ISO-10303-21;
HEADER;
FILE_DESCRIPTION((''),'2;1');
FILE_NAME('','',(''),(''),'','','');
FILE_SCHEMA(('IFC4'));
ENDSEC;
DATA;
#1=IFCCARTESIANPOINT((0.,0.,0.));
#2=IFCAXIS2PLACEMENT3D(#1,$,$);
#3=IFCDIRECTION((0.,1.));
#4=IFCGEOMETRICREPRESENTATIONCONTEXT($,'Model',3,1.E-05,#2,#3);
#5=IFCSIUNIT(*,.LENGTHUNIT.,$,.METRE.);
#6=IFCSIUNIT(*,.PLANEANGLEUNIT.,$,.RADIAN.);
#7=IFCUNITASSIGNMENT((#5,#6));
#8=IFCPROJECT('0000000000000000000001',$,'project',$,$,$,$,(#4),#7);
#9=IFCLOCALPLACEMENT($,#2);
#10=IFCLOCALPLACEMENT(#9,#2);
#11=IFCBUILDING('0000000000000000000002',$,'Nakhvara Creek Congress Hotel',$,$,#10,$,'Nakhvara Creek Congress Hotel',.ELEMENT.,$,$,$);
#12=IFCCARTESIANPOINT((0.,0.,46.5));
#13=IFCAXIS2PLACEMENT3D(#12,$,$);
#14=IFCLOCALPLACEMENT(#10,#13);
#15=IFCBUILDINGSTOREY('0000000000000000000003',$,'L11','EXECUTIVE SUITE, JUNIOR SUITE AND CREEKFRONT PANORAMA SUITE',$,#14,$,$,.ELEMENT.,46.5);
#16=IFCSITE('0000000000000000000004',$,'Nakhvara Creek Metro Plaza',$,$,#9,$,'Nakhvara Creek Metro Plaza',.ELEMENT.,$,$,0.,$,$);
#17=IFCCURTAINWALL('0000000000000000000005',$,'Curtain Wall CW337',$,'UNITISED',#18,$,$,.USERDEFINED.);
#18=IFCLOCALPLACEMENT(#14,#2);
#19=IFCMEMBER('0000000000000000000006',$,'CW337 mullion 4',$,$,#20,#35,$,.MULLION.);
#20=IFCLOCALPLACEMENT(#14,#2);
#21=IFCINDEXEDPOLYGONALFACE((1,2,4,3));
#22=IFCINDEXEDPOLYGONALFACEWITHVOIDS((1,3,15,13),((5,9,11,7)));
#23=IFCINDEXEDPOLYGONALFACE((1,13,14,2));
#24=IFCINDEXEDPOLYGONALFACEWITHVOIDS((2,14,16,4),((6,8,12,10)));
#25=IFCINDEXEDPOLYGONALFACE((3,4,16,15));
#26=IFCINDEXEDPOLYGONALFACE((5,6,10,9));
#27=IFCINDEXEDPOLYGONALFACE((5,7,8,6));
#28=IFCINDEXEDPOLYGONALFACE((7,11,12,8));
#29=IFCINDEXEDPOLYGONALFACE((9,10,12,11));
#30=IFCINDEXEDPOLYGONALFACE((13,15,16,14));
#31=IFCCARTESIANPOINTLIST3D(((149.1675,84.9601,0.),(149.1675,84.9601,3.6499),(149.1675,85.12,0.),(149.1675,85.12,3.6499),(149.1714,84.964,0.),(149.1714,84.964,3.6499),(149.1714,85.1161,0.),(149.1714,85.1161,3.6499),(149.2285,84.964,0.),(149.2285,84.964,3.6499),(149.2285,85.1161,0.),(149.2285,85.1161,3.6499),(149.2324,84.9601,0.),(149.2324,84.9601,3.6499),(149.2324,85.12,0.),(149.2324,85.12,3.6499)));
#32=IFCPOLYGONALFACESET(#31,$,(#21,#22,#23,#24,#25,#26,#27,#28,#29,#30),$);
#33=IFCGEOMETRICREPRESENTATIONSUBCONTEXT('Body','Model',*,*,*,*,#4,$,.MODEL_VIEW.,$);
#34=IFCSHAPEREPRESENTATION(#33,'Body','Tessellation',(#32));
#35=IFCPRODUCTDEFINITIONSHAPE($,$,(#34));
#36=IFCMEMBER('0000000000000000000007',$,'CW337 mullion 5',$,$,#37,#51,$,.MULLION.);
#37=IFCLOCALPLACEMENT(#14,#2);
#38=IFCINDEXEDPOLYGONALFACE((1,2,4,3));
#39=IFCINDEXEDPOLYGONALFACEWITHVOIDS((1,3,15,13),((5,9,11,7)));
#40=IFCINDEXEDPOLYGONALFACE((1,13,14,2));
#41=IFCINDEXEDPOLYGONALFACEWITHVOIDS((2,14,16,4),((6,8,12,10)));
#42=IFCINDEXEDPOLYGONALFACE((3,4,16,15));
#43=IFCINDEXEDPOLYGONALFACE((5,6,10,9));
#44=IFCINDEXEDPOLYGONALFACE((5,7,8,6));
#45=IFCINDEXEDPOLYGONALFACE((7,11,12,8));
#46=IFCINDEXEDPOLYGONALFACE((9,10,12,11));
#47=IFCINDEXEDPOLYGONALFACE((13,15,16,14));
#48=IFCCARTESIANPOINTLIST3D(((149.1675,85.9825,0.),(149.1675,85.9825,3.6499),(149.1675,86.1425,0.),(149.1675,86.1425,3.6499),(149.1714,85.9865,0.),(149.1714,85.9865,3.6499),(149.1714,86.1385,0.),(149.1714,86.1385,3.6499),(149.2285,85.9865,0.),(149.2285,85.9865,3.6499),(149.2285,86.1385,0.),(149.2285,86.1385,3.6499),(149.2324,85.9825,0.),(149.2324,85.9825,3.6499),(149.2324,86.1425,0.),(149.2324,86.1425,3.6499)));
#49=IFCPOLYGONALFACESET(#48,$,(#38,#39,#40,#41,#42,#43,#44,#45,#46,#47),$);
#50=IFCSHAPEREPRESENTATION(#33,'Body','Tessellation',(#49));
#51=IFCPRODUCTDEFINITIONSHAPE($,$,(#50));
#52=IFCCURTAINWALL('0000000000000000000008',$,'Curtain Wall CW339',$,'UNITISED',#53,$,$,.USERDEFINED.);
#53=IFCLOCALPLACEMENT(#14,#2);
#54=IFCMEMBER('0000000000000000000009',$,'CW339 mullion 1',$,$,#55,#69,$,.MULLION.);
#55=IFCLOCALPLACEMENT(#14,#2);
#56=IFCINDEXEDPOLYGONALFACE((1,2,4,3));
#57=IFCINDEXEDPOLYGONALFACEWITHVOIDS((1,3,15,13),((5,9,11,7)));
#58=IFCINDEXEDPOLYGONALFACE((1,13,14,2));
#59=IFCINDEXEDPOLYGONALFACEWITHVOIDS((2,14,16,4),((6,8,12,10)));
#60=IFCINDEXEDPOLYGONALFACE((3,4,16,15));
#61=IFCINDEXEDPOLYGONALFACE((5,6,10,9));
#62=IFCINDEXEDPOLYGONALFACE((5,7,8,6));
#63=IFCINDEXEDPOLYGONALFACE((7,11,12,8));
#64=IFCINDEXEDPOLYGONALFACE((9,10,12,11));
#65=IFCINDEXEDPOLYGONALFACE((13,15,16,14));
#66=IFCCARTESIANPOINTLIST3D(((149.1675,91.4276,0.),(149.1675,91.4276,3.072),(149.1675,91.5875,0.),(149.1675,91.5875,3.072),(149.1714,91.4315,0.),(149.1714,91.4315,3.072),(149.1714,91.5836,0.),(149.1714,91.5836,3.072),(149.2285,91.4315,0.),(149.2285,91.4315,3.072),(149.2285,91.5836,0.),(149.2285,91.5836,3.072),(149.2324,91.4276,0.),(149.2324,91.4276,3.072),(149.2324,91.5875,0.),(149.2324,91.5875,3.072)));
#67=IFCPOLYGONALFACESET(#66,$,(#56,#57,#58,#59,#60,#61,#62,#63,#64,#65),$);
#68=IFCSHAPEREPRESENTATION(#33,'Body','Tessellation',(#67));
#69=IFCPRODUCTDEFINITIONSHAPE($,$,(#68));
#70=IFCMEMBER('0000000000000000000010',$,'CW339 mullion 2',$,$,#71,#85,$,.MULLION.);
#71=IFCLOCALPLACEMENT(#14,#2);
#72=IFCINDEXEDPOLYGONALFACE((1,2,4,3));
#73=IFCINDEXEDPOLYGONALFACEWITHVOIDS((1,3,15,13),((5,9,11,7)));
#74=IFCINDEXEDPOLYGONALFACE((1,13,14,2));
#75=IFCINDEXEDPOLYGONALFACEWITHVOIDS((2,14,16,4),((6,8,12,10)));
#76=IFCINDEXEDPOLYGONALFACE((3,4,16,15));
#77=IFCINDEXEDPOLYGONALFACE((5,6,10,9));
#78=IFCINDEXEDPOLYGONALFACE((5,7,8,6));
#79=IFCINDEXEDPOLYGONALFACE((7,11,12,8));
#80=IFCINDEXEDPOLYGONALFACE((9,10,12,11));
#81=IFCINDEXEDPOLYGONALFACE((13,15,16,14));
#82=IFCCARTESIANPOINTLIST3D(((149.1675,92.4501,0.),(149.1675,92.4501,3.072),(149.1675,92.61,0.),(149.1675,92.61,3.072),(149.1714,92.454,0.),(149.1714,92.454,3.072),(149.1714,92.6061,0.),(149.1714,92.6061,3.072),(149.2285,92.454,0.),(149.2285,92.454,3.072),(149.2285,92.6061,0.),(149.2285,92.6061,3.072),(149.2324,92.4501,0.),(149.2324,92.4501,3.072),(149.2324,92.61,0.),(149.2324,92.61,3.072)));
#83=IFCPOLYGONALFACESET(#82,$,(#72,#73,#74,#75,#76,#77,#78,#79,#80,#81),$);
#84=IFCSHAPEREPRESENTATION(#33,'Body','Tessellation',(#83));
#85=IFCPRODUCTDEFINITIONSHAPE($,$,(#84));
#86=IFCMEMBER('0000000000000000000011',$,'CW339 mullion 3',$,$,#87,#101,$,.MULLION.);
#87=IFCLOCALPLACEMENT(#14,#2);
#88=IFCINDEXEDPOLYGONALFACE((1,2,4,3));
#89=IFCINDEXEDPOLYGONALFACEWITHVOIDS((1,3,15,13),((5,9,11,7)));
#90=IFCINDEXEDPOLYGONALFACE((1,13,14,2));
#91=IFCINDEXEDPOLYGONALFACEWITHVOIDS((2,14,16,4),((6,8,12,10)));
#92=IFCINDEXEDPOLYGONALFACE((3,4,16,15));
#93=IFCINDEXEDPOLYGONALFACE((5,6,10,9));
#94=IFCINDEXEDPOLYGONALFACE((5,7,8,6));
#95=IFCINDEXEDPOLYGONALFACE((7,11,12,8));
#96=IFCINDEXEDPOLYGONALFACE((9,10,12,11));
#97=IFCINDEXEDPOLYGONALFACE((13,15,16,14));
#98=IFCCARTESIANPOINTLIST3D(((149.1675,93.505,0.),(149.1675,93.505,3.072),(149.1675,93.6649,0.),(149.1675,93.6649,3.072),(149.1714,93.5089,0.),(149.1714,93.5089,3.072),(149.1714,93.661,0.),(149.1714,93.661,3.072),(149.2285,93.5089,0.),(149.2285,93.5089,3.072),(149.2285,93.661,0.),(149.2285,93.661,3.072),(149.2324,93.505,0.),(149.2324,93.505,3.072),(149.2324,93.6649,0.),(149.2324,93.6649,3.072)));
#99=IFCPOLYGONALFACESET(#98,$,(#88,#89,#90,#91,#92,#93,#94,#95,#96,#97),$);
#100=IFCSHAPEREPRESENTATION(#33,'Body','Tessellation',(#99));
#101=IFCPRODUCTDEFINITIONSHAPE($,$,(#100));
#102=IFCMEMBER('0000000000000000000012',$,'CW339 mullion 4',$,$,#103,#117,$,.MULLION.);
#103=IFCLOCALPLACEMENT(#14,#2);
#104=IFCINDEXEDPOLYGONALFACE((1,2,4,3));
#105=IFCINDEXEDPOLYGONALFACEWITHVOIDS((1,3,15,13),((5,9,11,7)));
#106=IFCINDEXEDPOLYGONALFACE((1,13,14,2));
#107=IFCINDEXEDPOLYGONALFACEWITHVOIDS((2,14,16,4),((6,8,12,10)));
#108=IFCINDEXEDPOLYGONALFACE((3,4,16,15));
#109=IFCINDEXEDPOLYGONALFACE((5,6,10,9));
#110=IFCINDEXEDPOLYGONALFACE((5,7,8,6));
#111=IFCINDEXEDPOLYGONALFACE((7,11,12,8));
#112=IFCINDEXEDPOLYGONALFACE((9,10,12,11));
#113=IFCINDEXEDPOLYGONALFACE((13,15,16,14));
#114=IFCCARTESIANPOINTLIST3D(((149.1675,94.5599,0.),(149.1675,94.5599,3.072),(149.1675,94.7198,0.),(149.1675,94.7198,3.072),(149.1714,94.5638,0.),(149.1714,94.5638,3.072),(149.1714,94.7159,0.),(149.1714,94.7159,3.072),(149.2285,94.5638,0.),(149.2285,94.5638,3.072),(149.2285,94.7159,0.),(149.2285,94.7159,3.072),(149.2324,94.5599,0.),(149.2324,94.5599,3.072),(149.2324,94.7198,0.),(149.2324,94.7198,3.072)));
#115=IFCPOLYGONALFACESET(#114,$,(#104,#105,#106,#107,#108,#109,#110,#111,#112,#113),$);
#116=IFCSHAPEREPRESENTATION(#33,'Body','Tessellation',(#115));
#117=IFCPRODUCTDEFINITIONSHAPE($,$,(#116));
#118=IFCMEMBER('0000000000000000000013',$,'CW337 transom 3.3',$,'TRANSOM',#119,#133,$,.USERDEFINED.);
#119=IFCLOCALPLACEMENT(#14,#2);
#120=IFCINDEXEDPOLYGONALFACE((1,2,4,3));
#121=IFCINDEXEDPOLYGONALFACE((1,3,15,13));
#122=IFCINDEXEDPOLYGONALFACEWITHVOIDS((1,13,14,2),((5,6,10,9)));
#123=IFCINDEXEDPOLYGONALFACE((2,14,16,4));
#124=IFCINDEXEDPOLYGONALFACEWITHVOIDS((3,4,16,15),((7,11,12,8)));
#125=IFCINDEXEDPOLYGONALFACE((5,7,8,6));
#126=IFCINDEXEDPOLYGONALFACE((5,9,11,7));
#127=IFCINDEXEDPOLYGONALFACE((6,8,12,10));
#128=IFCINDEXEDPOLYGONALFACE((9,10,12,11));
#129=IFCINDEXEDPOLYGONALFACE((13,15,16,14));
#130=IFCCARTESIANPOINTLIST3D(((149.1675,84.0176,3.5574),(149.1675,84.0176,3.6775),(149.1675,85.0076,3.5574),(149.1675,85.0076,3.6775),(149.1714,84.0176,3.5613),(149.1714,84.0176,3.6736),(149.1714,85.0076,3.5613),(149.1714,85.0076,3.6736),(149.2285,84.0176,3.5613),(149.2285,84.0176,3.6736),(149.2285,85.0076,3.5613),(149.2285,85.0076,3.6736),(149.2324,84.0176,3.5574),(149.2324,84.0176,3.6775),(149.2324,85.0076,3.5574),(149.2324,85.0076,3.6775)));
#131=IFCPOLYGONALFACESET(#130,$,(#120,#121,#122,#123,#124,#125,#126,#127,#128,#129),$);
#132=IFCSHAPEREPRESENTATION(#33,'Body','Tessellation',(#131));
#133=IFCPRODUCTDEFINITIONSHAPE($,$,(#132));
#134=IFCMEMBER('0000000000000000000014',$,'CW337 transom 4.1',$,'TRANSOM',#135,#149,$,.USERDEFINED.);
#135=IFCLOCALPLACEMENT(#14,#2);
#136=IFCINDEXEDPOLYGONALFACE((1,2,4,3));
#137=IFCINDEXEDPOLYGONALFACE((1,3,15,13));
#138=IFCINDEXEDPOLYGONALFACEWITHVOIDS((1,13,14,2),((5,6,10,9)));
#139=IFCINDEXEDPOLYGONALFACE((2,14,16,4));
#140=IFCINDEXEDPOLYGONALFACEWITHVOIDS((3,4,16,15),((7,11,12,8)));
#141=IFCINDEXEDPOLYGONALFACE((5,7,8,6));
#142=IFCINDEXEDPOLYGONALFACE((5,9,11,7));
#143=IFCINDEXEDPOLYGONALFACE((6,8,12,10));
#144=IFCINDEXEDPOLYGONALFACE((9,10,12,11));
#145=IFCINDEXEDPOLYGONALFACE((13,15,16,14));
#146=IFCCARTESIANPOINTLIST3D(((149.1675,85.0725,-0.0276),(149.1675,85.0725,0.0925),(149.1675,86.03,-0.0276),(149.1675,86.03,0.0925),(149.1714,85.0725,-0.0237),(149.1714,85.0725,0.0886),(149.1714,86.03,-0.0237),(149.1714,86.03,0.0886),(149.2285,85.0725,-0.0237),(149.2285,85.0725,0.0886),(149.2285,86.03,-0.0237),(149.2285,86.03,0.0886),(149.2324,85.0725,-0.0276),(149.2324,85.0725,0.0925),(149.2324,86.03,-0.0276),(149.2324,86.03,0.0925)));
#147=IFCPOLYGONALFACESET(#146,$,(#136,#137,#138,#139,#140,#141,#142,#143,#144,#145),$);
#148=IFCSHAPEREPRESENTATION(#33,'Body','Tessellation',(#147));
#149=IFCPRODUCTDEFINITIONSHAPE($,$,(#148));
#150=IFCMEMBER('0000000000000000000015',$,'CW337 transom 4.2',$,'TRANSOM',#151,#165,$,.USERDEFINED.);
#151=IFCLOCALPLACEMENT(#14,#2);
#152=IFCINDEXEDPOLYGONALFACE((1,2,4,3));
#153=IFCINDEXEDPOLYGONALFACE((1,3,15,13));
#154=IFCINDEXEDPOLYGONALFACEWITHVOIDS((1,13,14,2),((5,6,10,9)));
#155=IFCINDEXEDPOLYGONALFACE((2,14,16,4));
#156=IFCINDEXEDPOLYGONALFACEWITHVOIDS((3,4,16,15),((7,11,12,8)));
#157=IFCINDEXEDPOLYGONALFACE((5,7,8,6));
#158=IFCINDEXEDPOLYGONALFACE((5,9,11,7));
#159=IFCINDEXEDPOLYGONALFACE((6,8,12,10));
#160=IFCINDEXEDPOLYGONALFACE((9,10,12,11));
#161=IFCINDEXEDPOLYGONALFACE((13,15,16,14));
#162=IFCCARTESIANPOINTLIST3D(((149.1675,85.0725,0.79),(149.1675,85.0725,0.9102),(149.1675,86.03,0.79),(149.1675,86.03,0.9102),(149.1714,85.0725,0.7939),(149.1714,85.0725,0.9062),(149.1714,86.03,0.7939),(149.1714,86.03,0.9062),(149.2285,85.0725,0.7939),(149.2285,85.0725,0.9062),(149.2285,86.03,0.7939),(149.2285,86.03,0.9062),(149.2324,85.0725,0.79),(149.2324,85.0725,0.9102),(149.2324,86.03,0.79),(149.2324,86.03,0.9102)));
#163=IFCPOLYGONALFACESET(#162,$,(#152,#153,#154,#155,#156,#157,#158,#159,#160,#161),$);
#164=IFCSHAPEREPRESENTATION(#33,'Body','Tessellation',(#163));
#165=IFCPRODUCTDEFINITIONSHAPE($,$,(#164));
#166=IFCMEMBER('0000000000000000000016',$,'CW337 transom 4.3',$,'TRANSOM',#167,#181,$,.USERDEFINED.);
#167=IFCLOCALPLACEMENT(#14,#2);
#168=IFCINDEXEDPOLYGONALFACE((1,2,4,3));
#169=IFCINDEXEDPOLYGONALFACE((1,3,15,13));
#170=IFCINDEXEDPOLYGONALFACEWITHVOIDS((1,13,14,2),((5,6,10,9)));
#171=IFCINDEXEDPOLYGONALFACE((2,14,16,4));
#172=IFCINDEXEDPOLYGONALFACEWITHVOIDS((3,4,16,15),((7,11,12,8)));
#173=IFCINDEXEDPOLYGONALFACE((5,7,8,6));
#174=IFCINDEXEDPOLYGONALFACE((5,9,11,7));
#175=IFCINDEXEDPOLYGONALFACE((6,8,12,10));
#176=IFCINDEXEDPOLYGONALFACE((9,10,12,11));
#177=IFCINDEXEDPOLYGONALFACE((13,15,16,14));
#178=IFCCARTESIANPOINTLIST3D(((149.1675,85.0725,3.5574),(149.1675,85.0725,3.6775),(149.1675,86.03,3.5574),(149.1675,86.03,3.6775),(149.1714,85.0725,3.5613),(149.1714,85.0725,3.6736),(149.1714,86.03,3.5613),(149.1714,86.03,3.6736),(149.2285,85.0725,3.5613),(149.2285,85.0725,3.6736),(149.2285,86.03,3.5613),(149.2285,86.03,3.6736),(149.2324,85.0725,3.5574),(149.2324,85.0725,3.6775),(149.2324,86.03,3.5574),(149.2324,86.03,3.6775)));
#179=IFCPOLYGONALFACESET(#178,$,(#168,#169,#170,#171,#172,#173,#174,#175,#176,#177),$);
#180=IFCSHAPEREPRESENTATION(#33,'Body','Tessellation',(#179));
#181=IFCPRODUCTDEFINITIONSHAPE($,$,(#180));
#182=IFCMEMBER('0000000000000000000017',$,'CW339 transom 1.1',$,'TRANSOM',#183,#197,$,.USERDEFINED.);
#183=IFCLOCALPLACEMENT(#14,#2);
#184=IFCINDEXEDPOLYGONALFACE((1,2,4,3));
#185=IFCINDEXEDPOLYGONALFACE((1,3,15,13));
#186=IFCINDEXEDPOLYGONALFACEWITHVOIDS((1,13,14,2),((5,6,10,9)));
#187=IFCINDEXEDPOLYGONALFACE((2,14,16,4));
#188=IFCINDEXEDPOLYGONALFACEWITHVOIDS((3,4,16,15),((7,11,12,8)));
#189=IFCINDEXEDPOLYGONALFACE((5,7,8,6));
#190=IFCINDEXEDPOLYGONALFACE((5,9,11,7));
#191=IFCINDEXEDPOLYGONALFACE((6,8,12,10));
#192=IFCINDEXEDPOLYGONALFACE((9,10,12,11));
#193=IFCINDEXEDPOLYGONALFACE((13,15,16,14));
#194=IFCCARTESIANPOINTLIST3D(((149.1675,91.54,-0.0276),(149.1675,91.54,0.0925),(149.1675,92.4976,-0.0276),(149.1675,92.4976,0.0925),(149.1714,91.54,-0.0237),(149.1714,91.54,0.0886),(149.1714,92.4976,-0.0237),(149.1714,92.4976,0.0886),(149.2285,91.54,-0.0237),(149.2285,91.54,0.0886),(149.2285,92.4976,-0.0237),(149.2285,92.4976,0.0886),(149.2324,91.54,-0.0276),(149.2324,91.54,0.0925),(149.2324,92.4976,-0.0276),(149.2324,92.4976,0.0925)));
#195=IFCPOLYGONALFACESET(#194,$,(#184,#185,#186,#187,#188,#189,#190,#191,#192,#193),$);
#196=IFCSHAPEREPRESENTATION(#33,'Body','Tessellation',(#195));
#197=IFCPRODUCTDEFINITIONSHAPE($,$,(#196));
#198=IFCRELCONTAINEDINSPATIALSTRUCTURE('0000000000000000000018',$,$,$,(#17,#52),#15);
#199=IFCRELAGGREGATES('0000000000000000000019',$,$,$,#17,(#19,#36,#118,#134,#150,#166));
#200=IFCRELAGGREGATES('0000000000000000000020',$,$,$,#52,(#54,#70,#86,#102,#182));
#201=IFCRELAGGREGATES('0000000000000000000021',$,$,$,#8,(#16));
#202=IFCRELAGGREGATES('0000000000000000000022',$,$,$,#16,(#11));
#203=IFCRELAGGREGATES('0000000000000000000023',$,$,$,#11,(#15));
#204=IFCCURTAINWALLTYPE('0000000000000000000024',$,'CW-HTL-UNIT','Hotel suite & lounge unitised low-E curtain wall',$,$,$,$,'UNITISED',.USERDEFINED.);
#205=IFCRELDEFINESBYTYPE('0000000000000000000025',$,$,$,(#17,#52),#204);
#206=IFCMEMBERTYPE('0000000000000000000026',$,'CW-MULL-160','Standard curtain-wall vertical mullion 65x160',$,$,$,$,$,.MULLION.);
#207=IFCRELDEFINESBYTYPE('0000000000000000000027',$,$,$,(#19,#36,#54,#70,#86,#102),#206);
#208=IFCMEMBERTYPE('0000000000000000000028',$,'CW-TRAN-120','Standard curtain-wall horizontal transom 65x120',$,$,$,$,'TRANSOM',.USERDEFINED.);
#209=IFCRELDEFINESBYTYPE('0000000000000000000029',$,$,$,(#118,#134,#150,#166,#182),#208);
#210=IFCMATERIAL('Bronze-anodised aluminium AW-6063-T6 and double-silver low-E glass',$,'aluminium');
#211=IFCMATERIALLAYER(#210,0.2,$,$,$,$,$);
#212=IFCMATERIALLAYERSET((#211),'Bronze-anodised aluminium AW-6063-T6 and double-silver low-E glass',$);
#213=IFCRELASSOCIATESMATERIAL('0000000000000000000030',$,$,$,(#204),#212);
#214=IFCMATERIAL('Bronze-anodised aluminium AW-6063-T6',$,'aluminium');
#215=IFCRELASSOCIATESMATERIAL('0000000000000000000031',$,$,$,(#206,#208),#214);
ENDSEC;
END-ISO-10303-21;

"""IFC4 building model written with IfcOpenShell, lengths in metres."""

from ifc_helpers import new_model, si_unit, direction, frame, origin, origin_2d, place, context, subcontext, project, spatial, hollow_rectangle, extrude, material, layer, layer_set, material_profile, profile_set, type_object, element, aggregate, save


model = new_model("IFC4")

# Units and contexts
model_context = context("Model", 3, precision=1e-05, world=origin(), true_north=direction((0.0, 1.0)))
body_context = subcontext(model_context, "Body", "Model", "MODEL_VIEW")
ifc_project = project(units=[si_unit("LENGTHUNIT", "METRE"), si_unit("PLANEANGLEUNIT", "RADIAN")], contexts=[model_context])

# Site, building, storey
site_placement = place(None, origin())
site = spatial("IfcSite", under=ifc_project, at=site_placement, Name="Nakhvara Creek Metro Plaza", LongName="Nakhvara Creek Metro Plaza", CompositionType="ELEMENT", RefElevation=0.0)
building_placement = place(site_placement, origin())
building = spatial("IfcBuilding", under=site, at=building_placement, Name="Nakhvara Creek Congress Hotel", LongName="Nakhvara Creek Congress Hotel", CompositionType="ELEMENT")
storey_placement = place(building_placement, frame((0.0, 0.0, 46.5)))
storey = spatial("IfcBuildingStorey", under=building, at=storey_placement, Name="L11", Description="EXECUTIVE SUITE, JUNIOR SUITE AND CREEKFRONT PANORAMA SUITE", CompositionType="ELEMENT", Elevation=46.5)

# Curtain walls, members
ifc_material_1 = material(Name="Bronze-anodised aluminium AW-6063-T6 and double-silver low-E glass", Category="aluminium")
ifc_layer = layer(ifc_material_1, 0.2)
ifc_layer_set = layer_set([ifc_layer], Name="Bronze-anodised aluminium AW-6063-T6 and double-silver low-E glass")
curtain_wall_type = type_object("IfcCurtainWallType", Name="CW-HTL-UNIT", Description="Hotel suite & lounge unitised low-E curtain wall", ElementType="UNITISED", PredefinedType="USERDEFINED", material=ifc_layer_set)
curtain_wall_1_placement = place(storey_placement, origin())
curtain_wall_1 = element("IfcCurtainWall", 1, at=curtain_wall_1_placement, inside=storey, type_object=curtain_wall_type, Name="Curtain Wall CW337", ObjectType="UNITISED", PredefinedType="USERDEFINED")
ifc_material_2 = material(Name="Bronze-anodised aluminium AW-6063-T6", Category="aluminium")
ifc_material_profile_1 = material_profile(ifc_material_2, hollow_rectangle(XDim=0.0649, YDim=0.1599, WallThickness=0.0039, at=origin_2d()), Name="ALU-MULL 65x160x4", Category="LoadBearing")
ifc_profile_set_1 = profile_set([ifc_material_profile_1], Name="Bronze-anodised aluminium AW-6063-T6")
member_type_1 = type_object("IfcMemberType", Name="CW-MULL-160", Description="Standard curtain-wall vertical mullion 65x160", PredefinedType="MULLION", material=ifc_profile_set_1)
member_1_placement = place(storey_placement, frame((149.2, 85.04, 0.0), z_axis=(0.0, 0.0, 1.0), x_axis=(-1.0, 0.0, 0.0)))
member_1 = element("IfcMember", 2, at=member_1_placement, type_object=member_type_1, Name="CW337 mullion 4", PredefinedType="MULLION", context=body_context, shape_type="SweptSolid", body=[
    extrude(hollow_rectangle(XDim=0.0649, YDim=0.1599, WallThickness=0.0039, at=origin_2d()), origin(), (0.0, 0.0, 1.0), 3.6499),
])
member_2_placement = place(storey_placement, frame((149.2, 86.0625, 0.0), z_axis=(0.0, 0.0, 1.0), x_axis=(-1.0, 0.0, 0.0)))
member_2 = element("IfcMember", 3, at=member_2_placement, type_object=member_type_1, Name="CW337 mullion 5", PredefinedType="MULLION", context=body_context, shape_type="SweptSolid", body=[
    extrude(hollow_rectangle(XDim=0.0649, YDim=0.1599, WallThickness=0.0039, at=origin_2d()), origin(), (0.0, 0.0, 1.0), 3.6499),
])
curtain_wall_2_placement = place(storey_placement, origin())
curtain_wall_2 = element("IfcCurtainWall", 4, at=curtain_wall_2_placement, inside=storey, type_object=curtain_wall_type, Name="Curtain Wall CW339", ObjectType="UNITISED", PredefinedType="USERDEFINED")
member_3_placement = place(storey_placement, frame((149.2, 91.5076, 0.0), z_axis=(0.0, 0.0, 1.0), x_axis=(-1.0, 0.0, 0.0)))
member_3 = element("IfcMember", 5, at=member_3_placement, type_object=member_type_1, Name="CW339 mullion 1", PredefinedType="MULLION", context=body_context, shape_type="SweptSolid", body=[
    extrude(hollow_rectangle(XDim=0.0649, YDim=0.1599, WallThickness=0.0039, at=origin_2d()), origin(), (0.0, 0.0, 1.0), 3.072),
])
member_4_placement = place(storey_placement, frame((149.2, 92.53, 0.0), z_axis=(0.0, 0.0, 1.0), x_axis=(-1.0, 0.0, 0.0)))
member_4 = element("IfcMember", 6, at=member_4_placement, type_object=member_type_1, Name="CW339 mullion 2", PredefinedType="MULLION", context=body_context, shape_type="SweptSolid", body=[
    extrude(hollow_rectangle(XDim=0.0649, YDim=0.1599, WallThickness=0.0039, at=origin_2d()), origin(), (0.0, 0.0, 1.0), 3.072),
])
member_5_placement = place(storey_placement, frame((149.2, 93.585, 0.0), z_axis=(0.0, 0.0, 1.0), x_axis=(-1.0, 0.0, 0.0)))
member_5 = element("IfcMember", 7, at=member_5_placement, type_object=member_type_1, Name="CW339 mullion 3", PredefinedType="MULLION", context=body_context, shape_type="SweptSolid", body=[
    extrude(hollow_rectangle(XDim=0.0649, YDim=0.1599, WallThickness=0.0039, at=origin_2d()), origin(), (0.0, 0.0, 1.0), 3.072),
])
member_6_placement = place(storey_placement, frame((149.2, 94.6399, 0.0), z_axis=(0.0, 0.0, 1.0), x_axis=(-1.0, 0.0, 0.0)))
member_6 = element("IfcMember", 8, at=member_6_placement, type_object=member_type_1, Name="CW339 mullion 4", PredefinedType="MULLION", context=body_context, shape_type="SweptSolid", body=[
    extrude(hollow_rectangle(XDim=0.0649, YDim=0.1599, WallThickness=0.0039, at=origin_2d()), origin(), (0.0, 0.0, 1.0), 3.072),
])

# Members
ifc_material_profile_2 = material_profile(ifc_material_2, hollow_rectangle(XDim=0.0649, YDim=0.1201, WallThickness=0.0039, at=origin_2d()), Name="ALU-TRAN 65x120x4", Category="LoadBearing")
ifc_profile_set_2 = profile_set([ifc_material_profile_2], Name="Bronze-anodised aluminium AW-6063-T6")
member_type_2 = type_object("IfcMemberType", Name="CW-TRAN-120", Description="Standard curtain-wall horizontal transom 65x120", ElementType="TRANSOM", PredefinedType="USERDEFINED", material=ifc_profile_set_2)
member_7_placement = place(storey_placement, frame((149.2, 84.0176, 3.6174), z_axis=(0.0, 1.0, 0.0), x_axis=(-1.0, 0.0, 0.0)))
member_7 = element("IfcMember", 9, at=member_7_placement, type_object=member_type_2, Name="CW337 transom 3.3", ObjectType="TRANSOM", PredefinedType="USERDEFINED", context=body_context, shape_type="SweptSolid", body=[
    extrude(hollow_rectangle(XDim=0.0649, YDim=0.1201, WallThickness=0.0039, at=origin_2d()), origin(), (0.0, 0.0, 1.0), 0.99),
])
member_8_placement = place(storey_placement, frame((149.2, 85.0725, 0.0325), z_axis=(0.0, 1.0, 0.0), x_axis=(-1.0, 0.0, 0.0)))
member_8 = element("IfcMember", 10, at=member_8_placement, type_object=member_type_2, Name="CW337 transom 4.1", ObjectType="TRANSOM", PredefinedType="USERDEFINED", context=body_context, shape_type="SweptSolid", body=[
    extrude(hollow_rectangle(XDim=0.0649, YDim=0.1201, WallThickness=0.0039, at=origin_2d()), origin(), (0.0, 0.0, 1.0), 0.9575),
])
member_9_placement = place(storey_placement, frame((149.2, 85.0725, 0.8501), z_axis=(0.0, 1.0, 0.0), x_axis=(-1.0, 0.0, 0.0)))
member_9 = element("IfcMember", 11, at=member_9_placement, type_object=member_type_2, Name="CW337 transom 4.2", ObjectType="TRANSOM", PredefinedType="USERDEFINED", context=body_context, shape_type="SweptSolid", body=[
    extrude(hollow_rectangle(XDim=0.0649, YDim=0.1201, WallThickness=0.0039, at=origin_2d()), origin(), (0.0, 0.0, 1.0), 0.9575),
])
member_10_placement = place(storey_placement, frame((149.2, 85.0725, 3.6174), z_axis=(0.0, 1.0, 0.0), x_axis=(-1.0, 0.0, 0.0)))
member_10 = element("IfcMember", 12, at=member_10_placement, type_object=member_type_2, Name="CW337 transom 4.3", ObjectType="TRANSOM", PredefinedType="USERDEFINED", context=body_context, shape_type="SweptSolid", body=[
    extrude(hollow_rectangle(XDim=0.0649, YDim=0.1201, WallThickness=0.0039, at=origin_2d()), origin(), (0.0, 0.0, 1.0), 0.9575),
])
member_11_placement = place(storey_placement, frame((149.2, 91.54, 0.0325), z_axis=(0.0, 1.0, 0.0), x_axis=(-1.0, 0.0, 0.0)))
member_11 = element("IfcMember", 13, at=member_11_placement, type_object=member_type_2, Name="CW339 transom 1.1", ObjectType="TRANSOM", PredefinedType="USERDEFINED", context=body_context, shape_type="SweptSolid", body=[
    extrude(hollow_rectangle(XDim=0.0649, YDim=0.1201, WallThickness=0.0039, at=origin_2d()), origin(), (0.0, 0.0, 1.0), 0.9575),
])

aggregate(curtain_wall_1, [member_1, member_2, member_7, member_8, member_9, member_10])
aggregate(curtain_wall_2, [member_3, member_4, member_5, member_6, member_11])

save(model, "model.ifc")
